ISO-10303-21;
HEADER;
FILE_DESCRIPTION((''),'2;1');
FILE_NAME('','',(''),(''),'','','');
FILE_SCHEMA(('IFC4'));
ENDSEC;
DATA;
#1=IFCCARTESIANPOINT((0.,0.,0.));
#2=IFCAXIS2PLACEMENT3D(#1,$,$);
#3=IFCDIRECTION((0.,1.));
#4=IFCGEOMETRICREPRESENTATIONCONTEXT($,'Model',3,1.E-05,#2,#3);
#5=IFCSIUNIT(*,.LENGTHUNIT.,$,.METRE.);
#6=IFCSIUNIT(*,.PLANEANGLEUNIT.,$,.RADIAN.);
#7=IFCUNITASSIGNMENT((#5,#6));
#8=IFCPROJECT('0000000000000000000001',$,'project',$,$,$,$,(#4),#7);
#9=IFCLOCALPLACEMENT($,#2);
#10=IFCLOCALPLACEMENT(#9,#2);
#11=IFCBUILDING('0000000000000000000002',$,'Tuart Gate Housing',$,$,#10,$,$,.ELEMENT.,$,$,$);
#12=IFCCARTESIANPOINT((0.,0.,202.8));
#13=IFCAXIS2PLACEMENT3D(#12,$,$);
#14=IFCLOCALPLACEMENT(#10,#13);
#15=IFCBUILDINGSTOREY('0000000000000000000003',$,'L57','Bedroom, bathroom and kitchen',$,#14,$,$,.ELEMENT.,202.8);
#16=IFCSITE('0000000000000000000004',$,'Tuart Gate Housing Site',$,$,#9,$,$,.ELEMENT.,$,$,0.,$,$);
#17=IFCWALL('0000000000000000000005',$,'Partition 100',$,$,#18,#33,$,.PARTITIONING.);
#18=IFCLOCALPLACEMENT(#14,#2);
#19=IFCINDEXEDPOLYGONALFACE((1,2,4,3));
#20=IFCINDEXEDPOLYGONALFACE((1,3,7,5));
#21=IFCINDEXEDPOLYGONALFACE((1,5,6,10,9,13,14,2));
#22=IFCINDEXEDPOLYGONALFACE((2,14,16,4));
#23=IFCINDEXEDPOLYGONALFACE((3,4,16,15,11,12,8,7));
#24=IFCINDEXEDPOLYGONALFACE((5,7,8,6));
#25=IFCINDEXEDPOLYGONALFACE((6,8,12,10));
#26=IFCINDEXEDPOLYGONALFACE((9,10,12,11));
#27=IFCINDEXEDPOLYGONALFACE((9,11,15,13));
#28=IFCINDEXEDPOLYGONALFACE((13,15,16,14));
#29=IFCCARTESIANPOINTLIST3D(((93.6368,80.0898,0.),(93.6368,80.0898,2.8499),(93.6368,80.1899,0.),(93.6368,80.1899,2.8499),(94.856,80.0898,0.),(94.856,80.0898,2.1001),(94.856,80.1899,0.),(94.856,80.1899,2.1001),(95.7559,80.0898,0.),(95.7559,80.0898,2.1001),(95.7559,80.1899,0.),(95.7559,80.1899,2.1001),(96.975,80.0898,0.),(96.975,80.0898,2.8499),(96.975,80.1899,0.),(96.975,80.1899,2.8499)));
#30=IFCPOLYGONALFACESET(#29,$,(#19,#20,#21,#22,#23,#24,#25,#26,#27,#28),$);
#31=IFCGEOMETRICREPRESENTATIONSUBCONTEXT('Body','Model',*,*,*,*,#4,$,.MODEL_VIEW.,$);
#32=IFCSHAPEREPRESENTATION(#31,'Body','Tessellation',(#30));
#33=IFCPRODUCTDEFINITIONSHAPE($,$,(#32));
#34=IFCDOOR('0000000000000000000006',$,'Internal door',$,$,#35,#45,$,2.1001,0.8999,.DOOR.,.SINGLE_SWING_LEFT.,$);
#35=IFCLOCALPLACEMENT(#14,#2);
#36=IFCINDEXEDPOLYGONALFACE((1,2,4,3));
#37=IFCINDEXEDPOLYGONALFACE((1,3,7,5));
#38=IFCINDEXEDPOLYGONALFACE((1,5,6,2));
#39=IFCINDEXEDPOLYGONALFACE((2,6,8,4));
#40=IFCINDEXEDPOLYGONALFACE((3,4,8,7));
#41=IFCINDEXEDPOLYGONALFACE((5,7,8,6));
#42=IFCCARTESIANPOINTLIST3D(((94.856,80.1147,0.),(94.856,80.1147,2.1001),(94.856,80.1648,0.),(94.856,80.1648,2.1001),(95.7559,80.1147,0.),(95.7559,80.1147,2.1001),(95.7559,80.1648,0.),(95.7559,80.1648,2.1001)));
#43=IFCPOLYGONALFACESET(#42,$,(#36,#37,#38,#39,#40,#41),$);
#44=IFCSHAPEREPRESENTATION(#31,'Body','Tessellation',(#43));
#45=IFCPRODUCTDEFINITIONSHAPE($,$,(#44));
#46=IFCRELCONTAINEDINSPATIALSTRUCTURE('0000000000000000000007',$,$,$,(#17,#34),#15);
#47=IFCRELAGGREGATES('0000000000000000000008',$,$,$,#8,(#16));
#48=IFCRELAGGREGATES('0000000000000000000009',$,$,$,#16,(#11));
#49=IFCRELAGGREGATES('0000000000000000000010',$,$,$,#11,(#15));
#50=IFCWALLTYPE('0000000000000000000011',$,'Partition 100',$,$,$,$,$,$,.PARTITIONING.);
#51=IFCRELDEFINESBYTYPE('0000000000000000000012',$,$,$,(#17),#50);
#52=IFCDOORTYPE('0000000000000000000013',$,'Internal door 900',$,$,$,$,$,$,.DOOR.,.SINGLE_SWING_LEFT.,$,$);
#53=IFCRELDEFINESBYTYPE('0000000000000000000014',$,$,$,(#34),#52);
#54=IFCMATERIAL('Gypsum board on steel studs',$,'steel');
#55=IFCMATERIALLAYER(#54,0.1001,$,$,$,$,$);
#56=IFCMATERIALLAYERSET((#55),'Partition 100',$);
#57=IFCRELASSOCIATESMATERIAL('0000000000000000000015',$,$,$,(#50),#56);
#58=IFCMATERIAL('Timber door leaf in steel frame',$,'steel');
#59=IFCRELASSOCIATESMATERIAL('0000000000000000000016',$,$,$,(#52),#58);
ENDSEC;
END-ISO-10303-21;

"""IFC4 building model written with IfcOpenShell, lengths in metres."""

from ifc_helpers import new_model, si_unit, direction, frame, frame_2d, origin, place, context, subcontext, project, spatial, rectangle, extrude, material, layer, layer_set, type_object, element, fill, save


model = new_model("IFC4")

# Units and contexts
model_context = context("Model", 3, precision=1e-05, world=origin(), true_north=direction((0.0, 1.0)))
body_context = subcontext(model_context, "Body", "Model", "MODEL_VIEW")
ifc_project = project(units=[si_unit("LENGTHUNIT", "METRE"), si_unit("PLANEANGLEUNIT", "RADIAN")], contexts=[model_context])

# Site, building, storey
site_placement = place(None, origin())
site = spatial("IfcSite", under=ifc_project, at=site_placement, Name="Tuart Gate Housing Site", CompositionType="ELEMENT", RefElevation=0.0)
building_placement = place(site_placement, origin())
building = spatial("IfcBuilding", under=site, at=building_placement, Name="Tuart Gate Housing", CompositionType="ELEMENT")
storey_placement = place(building_placement, frame((0.0, 0.0, 202.8)))
storey = spatial("IfcBuildingStorey", under=building, at=storey_placement, Name="L57", Description="Bedroom, bathroom and kitchen", CompositionType="ELEMENT", Elevation=202.8)

# Wall, opening, door
ifc_material_1 = material(Name="Gypsum board on steel studs", Category="steel")
ifc_layer = layer(ifc_material_1, 0.1001)
ifc_layer_set = layer_set([ifc_layer], Name="Partition 100")
wall_type = type_object("IfcWallType", Name="Partition 100", PredefinedType="PARTITIONING", material=ifc_layer_set)
wall_1_placement = place(storey_placement, frame((93.637, 80.1399, 0.0), z_axis=(0.0, 0.0, 1.0), x_axis=(1.0, 0.0, 0.0)))
wall_1 = element("IfcWall", 1, at=wall_1_placement, inside=storey, type_object=wall_type, Name="Partition 100", PredefinedType="PARTITIONING", context=body_context, shape_type="SweptSolid", body=[
    extrude(rectangle(XDim=3.3381, YDim=0.1001, at=frame_2d((1.6689, 0.0))), origin(), (0.0, 0.0, 1.0), 2.8499),
])
opening_1_placement = place(wall_1_placement, frame((1.219, 0.0, 0.0)))
opening_1 = element("IfcOpeningElement", 2, at=opening_1_placement, cuts=wall_1, PredefinedType="OPENING", context=body_context, shape_type="SweptSolid", body=[
    extrude(rectangle(XDim=0.8999, YDim=2.1001, at=frame_2d((0.45, 1.05))), frame((0.0, 0.0601, 0.0), z_axis=(0.0, -1.0, 0.0), x_axis=(1.0, 0.0, 0.0)), (0.0, 0.0, 1.0), 0.1201),
])
ifc_material_2 = material(Name="Timber door leaf in steel frame", Category="steel")
door_type_1 = type_object("IfcDoorType", Name="Internal door 900", OperationType="SINGLE_SWING_LEFT", PredefinedType="DOOR", material=ifc_material_2)
door_1_placement = place(opening_1_placement, frame((0.8999, 0.0, 0.0), z_axis=(0.0, 0.0, 1.0), x_axis=(-1.0, 0.0, 0.0)))
door_1 = element("IfcDoor", 3, at=door_1_placement, inside=storey, type_object=door_type_1, Name="Internal door", OperationType="SINGLE_SWING_LEFT", OverallHeight=2.1001, OverallWidth=0.8999, PredefinedType="DOOR", context=body_context, shape_type="SweptSolid", body=[
    extrude(rectangle(XDim=0.8999, YDim=2.1001, at=frame_2d((0.45, 1.05))), frame((0.0, 0.0251, 0.0), z_axis=(0.0, -1.0, 0.0), x_axis=(1.0, 0.0, 0.0)), (0.0, 0.0, 1.0), 0.05),
])
fill(opening_1, door_1)

save(model, "model.ifc")
